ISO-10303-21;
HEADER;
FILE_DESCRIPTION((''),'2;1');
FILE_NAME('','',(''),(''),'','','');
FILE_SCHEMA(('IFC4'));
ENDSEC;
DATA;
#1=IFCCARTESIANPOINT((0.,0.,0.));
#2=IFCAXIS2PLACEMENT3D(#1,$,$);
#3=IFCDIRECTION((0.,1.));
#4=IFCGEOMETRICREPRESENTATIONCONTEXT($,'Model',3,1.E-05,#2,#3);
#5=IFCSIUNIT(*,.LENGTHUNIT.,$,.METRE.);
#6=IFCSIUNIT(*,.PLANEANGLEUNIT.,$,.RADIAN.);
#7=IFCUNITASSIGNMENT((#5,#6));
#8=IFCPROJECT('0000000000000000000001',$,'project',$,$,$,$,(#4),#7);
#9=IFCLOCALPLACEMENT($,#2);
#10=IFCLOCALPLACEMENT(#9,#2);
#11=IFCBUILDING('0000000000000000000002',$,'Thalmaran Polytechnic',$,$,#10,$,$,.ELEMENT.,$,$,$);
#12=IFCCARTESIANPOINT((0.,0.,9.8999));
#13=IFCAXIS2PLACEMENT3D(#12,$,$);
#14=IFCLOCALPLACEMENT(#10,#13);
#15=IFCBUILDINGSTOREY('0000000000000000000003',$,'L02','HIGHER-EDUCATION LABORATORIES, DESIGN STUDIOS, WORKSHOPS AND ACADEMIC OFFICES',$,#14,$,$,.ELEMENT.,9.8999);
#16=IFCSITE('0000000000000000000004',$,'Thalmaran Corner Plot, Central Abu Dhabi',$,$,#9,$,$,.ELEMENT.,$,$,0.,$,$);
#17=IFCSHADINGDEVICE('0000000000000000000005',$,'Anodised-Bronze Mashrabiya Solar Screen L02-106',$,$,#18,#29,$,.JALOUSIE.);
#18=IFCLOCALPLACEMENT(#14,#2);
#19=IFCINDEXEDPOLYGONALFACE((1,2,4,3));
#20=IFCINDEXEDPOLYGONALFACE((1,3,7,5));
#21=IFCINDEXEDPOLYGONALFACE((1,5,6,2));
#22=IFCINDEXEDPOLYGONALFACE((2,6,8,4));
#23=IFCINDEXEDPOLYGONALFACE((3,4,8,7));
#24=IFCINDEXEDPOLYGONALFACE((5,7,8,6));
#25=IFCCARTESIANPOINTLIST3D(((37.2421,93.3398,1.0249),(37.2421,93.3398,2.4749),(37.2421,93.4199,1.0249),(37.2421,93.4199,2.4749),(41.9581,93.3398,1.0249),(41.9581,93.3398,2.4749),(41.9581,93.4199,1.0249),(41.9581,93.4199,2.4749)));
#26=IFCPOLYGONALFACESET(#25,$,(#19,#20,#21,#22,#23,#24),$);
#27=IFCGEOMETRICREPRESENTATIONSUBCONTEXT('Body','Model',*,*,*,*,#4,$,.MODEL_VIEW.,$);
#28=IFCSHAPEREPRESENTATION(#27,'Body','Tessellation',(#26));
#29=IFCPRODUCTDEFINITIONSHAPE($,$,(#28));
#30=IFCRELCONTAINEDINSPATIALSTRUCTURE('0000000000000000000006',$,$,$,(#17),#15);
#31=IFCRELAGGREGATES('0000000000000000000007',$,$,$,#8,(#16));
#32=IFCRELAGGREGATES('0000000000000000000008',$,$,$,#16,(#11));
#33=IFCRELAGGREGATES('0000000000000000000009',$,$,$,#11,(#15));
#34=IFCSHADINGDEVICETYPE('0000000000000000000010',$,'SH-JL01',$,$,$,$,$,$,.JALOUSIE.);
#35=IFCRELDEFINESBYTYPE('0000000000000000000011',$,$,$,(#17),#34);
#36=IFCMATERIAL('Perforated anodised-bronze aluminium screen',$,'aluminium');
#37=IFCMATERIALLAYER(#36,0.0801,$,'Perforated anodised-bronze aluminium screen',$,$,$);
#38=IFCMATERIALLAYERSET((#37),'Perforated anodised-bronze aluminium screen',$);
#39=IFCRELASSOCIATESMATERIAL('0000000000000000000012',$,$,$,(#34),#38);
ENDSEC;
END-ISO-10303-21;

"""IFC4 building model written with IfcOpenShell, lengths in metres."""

from ifc_helpers import new_model, si_unit, direction, frame, origin, origin_2d, place, context, subcontext, project, spatial, rectangle, extrude, material, layer, layer_set, type_object, element, save


model = new_model("IFC4")

# Units and contexts
model_context = context("Model", 3, precision=1e-05, world=origin(), true_north=direction((0.0, 1.0)))
body_context = subcontext(model_context, "Body", "Model", "MODEL_VIEW")
ifc_project = project(units=[si_unit("LENGTHUNIT", "METRE"), si_unit("PLANEANGLEUNIT", "RADIAN")], contexts=[model_context])

# Site, building, storey
site_placement = place(None, origin())
site = spatial("IfcSite", under=ifc_project, at=site_placement, Name="Thalmaran Corner Plot, Central Abu Dhabi", CompositionType="ELEMENT", RefElevation=0.0)
building_placement = place(site_placement, origin())
building = spatial("IfcBuilding", under=site, at=building_placement, Name="Thalmaran Polytechnic", CompositionType="ELEMENT")
storey_placement = place(building_placement, frame((0.0, 0.0, 9.8999)))
storey = spatial("IfcBuildingStorey", under=building, at=storey_placement, Name="L02", Description="HIGHER-EDUCATION LABORATORIES, DESIGN STUDIOS, WORKSHOPS AND ACADEMIC OFFICES", CompositionType="ELEMENT", Elevation=9.8999)

# Shading device
ifc_material_1 = material(Name="Perforated anodised-bronze aluminium screen", Category="aluminium")
ifc_layer_1 = layer(ifc_material_1, 0.0801, Name="Perforated anodised-bronze aluminium screen")
ifc_layer_set_1 = layer_set([ifc_layer_1], Name="Perforated anodised-bronze aluminium screen")
shading_device_type = type_object("IfcShadingDeviceType", Name="SH-JL01", PredefinedType="JALOUSIE", material=ifc_layer_set_1)
shading_device_1_placement = place(storey_placement, frame((39.6001, 93.3799, 1.0249), z_axis=(0.0, 0.0, 1.0), x_axis=(-1.0, 0.0, 0.0)))
element("IfcShadingDevice", 1, at=shading_device_1_placement, inside=storey, type_object=shading_device_type, Name="Anodised-Bronze Mashrabiya Solar Screen L02-106", PredefinedType="JALOUSIE", context=body_context, shape_type="SweptSolid", body=[
    extrude(rectangle(XDim=4.7161, YDim=0.0801, at=origin_2d()), origin(), (0.0, 0.0, 1.0), 1.45),
])

save(model, "model.ifc")
